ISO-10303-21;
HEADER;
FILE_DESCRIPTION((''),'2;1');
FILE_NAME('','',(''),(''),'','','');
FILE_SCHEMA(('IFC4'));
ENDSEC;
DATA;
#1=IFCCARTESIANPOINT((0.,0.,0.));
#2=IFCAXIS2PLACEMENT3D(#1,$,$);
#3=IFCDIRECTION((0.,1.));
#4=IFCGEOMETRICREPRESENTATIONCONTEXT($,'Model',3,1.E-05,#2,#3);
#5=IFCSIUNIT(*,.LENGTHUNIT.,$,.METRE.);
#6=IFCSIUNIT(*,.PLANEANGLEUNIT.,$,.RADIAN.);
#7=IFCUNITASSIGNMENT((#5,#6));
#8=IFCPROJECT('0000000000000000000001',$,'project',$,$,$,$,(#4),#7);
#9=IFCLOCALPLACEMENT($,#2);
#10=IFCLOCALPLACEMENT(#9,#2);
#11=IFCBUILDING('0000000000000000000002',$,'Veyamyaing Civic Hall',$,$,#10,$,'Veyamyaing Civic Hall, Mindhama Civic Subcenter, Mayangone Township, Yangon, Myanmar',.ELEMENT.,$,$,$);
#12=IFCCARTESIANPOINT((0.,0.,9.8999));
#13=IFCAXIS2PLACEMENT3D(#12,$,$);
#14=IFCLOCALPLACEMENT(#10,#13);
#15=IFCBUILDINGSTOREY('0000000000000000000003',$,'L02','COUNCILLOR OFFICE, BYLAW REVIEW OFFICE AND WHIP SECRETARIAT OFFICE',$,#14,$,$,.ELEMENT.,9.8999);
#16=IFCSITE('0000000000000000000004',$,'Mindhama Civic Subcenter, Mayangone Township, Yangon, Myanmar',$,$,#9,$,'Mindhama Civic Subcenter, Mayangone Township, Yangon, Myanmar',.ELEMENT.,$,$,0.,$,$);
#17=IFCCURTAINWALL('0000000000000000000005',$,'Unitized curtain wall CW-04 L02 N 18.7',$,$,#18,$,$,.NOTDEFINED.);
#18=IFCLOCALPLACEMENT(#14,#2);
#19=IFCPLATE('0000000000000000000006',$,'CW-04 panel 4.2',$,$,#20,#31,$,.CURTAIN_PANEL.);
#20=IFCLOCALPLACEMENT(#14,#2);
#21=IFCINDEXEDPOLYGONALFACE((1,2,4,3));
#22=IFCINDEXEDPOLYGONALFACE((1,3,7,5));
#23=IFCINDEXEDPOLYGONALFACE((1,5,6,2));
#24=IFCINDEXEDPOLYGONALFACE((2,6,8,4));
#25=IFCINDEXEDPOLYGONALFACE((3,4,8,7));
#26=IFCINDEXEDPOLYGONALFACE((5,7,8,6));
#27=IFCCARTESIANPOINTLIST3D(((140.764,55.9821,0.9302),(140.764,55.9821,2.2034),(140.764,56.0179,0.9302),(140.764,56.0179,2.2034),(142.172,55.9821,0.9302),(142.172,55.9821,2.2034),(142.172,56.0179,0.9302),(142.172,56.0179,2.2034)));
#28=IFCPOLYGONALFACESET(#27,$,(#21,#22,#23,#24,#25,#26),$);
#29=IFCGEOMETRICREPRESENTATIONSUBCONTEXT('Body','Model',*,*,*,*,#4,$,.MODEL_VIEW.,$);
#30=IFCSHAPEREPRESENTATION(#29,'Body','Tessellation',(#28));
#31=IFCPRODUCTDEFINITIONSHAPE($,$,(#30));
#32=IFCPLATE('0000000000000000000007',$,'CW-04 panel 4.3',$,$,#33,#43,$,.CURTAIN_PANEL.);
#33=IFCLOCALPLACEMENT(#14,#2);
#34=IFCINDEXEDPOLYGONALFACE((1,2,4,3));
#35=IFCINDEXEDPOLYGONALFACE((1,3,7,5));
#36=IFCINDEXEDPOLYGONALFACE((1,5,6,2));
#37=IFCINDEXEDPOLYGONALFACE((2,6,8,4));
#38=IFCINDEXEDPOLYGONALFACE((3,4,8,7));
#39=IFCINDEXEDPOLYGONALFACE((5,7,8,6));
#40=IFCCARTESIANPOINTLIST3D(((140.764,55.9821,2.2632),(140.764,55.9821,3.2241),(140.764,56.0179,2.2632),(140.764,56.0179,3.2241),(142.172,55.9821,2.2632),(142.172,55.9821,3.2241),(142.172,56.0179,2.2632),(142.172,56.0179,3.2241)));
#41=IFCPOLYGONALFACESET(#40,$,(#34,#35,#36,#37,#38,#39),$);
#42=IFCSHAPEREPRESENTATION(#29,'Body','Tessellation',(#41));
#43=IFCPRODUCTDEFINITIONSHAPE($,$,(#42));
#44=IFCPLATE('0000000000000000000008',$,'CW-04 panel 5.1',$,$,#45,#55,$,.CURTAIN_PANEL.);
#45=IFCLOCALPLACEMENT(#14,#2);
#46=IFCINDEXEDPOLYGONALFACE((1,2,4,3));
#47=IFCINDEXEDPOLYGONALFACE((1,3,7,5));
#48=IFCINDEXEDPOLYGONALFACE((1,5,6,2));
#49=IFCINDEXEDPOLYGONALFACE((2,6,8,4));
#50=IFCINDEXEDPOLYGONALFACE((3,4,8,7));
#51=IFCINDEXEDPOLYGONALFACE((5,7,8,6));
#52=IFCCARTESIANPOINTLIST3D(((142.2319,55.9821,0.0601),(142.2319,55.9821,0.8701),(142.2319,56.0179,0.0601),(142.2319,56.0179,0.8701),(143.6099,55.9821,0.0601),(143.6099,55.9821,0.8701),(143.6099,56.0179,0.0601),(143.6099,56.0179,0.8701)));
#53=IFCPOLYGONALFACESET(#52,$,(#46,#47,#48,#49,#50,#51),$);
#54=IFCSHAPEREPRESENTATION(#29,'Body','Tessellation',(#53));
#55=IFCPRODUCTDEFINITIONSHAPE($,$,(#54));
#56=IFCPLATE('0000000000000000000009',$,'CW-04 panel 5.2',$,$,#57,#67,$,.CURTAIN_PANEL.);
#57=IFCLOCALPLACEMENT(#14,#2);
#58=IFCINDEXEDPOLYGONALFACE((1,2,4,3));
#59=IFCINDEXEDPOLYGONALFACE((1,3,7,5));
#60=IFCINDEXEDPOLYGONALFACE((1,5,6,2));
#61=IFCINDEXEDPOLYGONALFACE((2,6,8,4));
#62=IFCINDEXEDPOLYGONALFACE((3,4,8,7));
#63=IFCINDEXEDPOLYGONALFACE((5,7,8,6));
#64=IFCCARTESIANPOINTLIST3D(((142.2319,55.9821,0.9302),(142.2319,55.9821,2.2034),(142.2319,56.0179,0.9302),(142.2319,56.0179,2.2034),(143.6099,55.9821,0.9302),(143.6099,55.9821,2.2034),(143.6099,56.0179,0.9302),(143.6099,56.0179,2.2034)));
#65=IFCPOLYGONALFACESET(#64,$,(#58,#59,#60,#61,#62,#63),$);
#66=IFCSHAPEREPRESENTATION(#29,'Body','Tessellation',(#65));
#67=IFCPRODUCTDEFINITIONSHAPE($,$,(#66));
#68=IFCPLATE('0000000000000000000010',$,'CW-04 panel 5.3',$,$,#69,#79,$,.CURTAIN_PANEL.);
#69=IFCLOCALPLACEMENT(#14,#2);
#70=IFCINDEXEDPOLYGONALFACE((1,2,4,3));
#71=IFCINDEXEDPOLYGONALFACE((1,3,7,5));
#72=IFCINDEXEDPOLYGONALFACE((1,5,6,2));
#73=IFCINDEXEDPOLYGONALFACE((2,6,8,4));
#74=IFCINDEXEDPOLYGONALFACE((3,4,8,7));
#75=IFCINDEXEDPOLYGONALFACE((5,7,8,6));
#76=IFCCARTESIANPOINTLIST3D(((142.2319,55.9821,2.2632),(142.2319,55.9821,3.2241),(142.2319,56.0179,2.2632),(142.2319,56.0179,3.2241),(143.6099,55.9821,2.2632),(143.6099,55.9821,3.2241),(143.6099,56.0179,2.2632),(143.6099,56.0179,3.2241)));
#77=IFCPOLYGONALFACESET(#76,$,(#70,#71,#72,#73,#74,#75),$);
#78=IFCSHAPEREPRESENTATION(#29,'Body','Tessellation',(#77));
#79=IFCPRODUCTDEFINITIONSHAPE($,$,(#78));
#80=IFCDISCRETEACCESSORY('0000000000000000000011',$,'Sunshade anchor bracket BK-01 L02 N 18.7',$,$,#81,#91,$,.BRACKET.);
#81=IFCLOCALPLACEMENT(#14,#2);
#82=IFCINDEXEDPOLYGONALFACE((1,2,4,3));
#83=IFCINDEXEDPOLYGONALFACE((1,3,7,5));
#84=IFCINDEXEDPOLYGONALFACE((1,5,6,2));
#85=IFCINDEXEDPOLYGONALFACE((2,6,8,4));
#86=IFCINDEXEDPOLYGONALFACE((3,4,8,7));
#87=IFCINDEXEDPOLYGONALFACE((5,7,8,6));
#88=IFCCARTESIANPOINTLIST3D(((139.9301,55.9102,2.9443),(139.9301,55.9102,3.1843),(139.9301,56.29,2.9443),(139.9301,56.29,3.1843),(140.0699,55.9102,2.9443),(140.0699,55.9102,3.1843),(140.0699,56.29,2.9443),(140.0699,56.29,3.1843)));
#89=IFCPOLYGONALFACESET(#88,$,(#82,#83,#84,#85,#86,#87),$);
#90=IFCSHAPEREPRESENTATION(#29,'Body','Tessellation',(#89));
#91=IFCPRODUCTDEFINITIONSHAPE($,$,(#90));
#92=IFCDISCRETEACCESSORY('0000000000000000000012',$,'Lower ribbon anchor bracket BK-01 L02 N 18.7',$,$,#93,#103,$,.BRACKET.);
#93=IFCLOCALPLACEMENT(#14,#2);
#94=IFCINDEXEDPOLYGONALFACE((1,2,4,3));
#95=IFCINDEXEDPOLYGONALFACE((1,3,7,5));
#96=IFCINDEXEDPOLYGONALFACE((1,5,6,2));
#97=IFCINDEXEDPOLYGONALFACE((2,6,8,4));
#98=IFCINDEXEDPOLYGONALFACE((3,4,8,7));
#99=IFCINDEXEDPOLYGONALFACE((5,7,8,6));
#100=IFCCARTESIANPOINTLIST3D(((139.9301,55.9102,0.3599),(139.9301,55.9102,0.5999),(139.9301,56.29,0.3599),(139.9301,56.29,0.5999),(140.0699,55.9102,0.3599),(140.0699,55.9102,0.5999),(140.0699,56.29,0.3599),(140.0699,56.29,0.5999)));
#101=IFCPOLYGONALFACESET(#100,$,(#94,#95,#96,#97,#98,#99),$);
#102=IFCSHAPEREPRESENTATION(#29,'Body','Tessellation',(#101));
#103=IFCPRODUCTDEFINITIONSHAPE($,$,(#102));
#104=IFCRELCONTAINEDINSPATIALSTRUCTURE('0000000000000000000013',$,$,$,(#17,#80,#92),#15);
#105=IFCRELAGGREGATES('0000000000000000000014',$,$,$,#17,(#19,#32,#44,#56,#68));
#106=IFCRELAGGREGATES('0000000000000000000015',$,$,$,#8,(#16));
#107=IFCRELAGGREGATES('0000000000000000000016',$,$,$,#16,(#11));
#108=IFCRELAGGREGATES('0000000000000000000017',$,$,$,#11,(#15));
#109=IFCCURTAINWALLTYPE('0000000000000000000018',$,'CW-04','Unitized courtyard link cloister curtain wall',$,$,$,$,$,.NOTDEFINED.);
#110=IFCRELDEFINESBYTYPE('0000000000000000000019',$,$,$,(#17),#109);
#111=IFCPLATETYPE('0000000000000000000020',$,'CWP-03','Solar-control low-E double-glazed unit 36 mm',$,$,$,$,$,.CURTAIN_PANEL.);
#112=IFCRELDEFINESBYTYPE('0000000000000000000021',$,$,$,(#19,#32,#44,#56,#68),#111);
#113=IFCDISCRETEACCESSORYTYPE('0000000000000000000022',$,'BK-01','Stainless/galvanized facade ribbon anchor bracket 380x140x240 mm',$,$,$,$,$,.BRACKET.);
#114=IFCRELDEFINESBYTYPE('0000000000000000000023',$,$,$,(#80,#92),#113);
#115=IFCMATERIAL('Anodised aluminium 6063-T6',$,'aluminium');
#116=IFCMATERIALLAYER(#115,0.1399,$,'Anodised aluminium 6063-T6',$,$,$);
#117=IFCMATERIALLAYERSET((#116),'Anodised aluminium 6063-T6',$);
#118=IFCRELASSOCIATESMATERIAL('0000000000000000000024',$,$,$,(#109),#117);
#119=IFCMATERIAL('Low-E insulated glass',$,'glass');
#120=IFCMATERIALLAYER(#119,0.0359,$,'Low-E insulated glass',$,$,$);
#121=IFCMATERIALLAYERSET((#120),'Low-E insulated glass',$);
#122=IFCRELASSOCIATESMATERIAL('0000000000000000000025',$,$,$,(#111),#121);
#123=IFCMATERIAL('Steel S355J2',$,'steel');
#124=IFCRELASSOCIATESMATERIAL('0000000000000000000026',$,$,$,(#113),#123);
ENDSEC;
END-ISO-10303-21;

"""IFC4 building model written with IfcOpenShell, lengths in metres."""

from ifc_helpers import new_model, si_unit, direction, frame, origin, origin_2d, place, context, subcontext, project, spatial, rectangle, extrude, material, layer, layer_set, type_object, element, aggregate, save


model = new_model("IFC4")

# Units and contexts
model_context = context("Model", 3, precision=1e-05, world=origin(), true_north=direction((0.0, 1.0)))
body_context = subcontext(model_context, "Body", "Model", "MODEL_VIEW")
ifc_project = project(units=[si_unit("LENGTHUNIT", "METRE"), si_unit("PLANEANGLEUNIT", "RADIAN")], contexts=[model_context])

# Site, building, storey
site_placement = place(None, origin())
site = spatial("IfcSite", under=ifc_project, at=site_placement, Name="Mindhama Civic Subcenter, Mayangone Township, Yangon, Myanmar", LongName="Mindhama Civic Subcenter, Mayangone Township, Yangon, Myanmar", CompositionType="ELEMENT", RefElevation=0.0)
building_placement = place(site_placement, origin())
building = spatial("IfcBuilding", under=site, at=building_placement, Name="Veyamyaing Civic Hall", LongName="Veyamyaing Civic Hall, Mindhama Civic Subcenter, Mayangone Township, Yangon, Myanmar", CompositionType="ELEMENT")
storey_placement = place(building_placement, frame((0.0, 0.0, 9.8999)))
storey = spatial("IfcBuildingStorey", under=building, at=storey_placement, Name="L02", Description="COUNCILLOR OFFICE, BYLAW REVIEW OFFICE AND WHIP SECRETARIAT OFFICE", CompositionType="ELEMENT", Elevation=9.8999)

# Curtain wall, plates
ifc_material_1 = material(Name="Anodised aluminium 6063-T6", Category="aluminium")
ifc_layer_1 = layer(ifc_material_1, 0.1399, Name="Anodised aluminium 6063-T6")
ifc_layer_set_1 = layer_set([ifc_layer_1], Name="Anodised aluminium 6063-T6")
curtain_wall_type = type_object("IfcCurtainWallType", Name="CW-04", Description="Unitized courtyard link cloister curtain wall", PredefinedType="NOTDEFINED", material=ifc_layer_set_1)
curtain_wall_placement = place(storey_placement, origin())
curtain_wall = element("IfcCurtainWall", 1, at=curtain_wall_placement, inside=storey, type_object=curtain_wall_type, Name="Unitized curtain wall CW-04 L02 N 18.7", PredefinedType="NOTDEFINED")
ifc_material_2 = material(Name="Low-E insulated glass", Category="glass")
ifc_layer_2 = layer(ifc_material_2, 0.0359, Name="Low-E insulated glass")
ifc_layer_set_2 = layer_set([ifc_layer_2], Name="Low-E insulated glass")
plate_type = type_object("IfcPlateType", Name="CWP-03", Description="Solar-control low-E double-glazed unit 36 mm", PredefinedType="CURTAIN_PANEL", material=ifc_layer_set_2)
plate_1_placement = place(storey_placement, frame((141.468, 56.0, 0.9302), z_axis=(0.0, 0.0, 1.0), x_axis=(1.0, 0.0, 0.0)))
plate_1 = element("IfcPlate", 2, at=plate_1_placement, type_object=plate_type, Name="CW-04 panel 4.2", PredefinedType="CURTAIN_PANEL", context=body_context, shape_type="SweptSolid", body=[
    extrude(rectangle(XDim=1.408, YDim=0.0359, at=origin_2d()), origin(), (0.0, 0.0, 1.0), 1.2732),
])
plate_2_placement = place(storey_placement, frame((141.468, 56.0, 2.2632), z_axis=(0.0, 0.0, 1.0), x_axis=(1.0, 0.0, 0.0)))
plate_2 = element("IfcPlate", 3, at=plate_2_placement, type_object=plate_type, Name="CW-04 panel 4.3", PredefinedType="CURTAIN_PANEL", context=body_context, shape_type="SweptSolid", body=[
    extrude(rectangle(XDim=1.408, YDim=0.0359, at=origin_2d()), origin(), (0.0, 0.0, 1.0), 0.9609),
])
plate_3_placement = place(storey_placement, frame((142.9209, 56.0, 0.0601), z_axis=(0.0, 0.0, 1.0), x_axis=(1.0, 0.0, 0.0)))
plate_3 = element("IfcPlate", 4, at=plate_3_placement, type_object=plate_type, Name="CW-04 panel 5.1", PredefinedType="CURTAIN_PANEL", context=body_context, shape_type="SweptSolid", body=[
    extrude(rectangle(XDim=1.3779, YDim=0.0359, at=origin_2d()), origin(), (0.0, 0.0, 1.0), 0.8101),
])
plate_4_placement = place(storey_placement, frame((142.9209, 56.0, 0.9302), z_axis=(0.0, 0.0, 1.0), x_axis=(1.0, 0.0, 0.0)))
plate_4 = element("IfcPlate", 5, at=plate_4_placement, type_object=plate_type, Name="CW-04 panel 5.2", PredefinedType="CURTAIN_PANEL", context=body_context, shape_type="SweptSolid", body=[
    extrude(rectangle(XDim=1.3779, YDim=0.0359, at=origin_2d()), origin(), (0.0, 0.0, 1.0), 1.2732),
])
plate_5_placement = place(storey_placement, frame((142.9209, 56.0, 2.2632), z_axis=(0.0, 0.0, 1.0), x_axis=(1.0, 0.0, 0.0)))
plate_5 = element("IfcPlate", 6, at=plate_5_placement, type_object=plate_type, Name="CW-04 panel 5.3", PredefinedType="CURTAIN_PANEL", context=body_context, shape_type="SweptSolid", body=[
    extrude(rectangle(XDim=1.3779, YDim=0.0359, at=origin_2d()), origin(), (0.0, 0.0, 1.0), 0.9609),
])
aggregate(curtain_wall, [plate_1, plate_2, plate_3, plate_4, plate_5])

# Discrete accessories
ifc_material_3 = material(Name="Steel S355J2", Category="steel")
discrete_accessory_type = type_object("IfcDiscreteAccessoryType", Name="BK-01", Description="Stainless/galvanized facade ribbon anchor bracket 380x140x240 mm", PredefinedType="BRACKET", material=ifc_material_3)
for number, where, z_axis, x_axis, name in (
    (7, (140.0, 56.1001, 2.9443), (0.0, 0.0, 1.0), (0.0, 1.0, 0.0), "Sunshade anchor bracket BK-01 L02 N 18.7"),
    (8, (140.0, 56.1001, 0.3599), (0.0, 0.0, 1.0), (0.0, 1.0, 0.0), "Lower ribbon anchor bracket BK-01 L02 N 18.7"),
):
    element("IfcDiscreteAccessory", number, at=place(storey_placement, frame(where, z_axis=z_axis, x_axis=x_axis)), inside=storey, type_object=discrete_accessory_type, Name=name, PredefinedType="BRACKET", context=body_context, shape_type="SweptSolid", body=[
        extrude(rectangle(XDim=0.3799, YDim=0.1399, at=origin_2d()), origin(), (0.0, 0.0, 1.0), 0.24),
    ])

save(model, "model.ifc")
